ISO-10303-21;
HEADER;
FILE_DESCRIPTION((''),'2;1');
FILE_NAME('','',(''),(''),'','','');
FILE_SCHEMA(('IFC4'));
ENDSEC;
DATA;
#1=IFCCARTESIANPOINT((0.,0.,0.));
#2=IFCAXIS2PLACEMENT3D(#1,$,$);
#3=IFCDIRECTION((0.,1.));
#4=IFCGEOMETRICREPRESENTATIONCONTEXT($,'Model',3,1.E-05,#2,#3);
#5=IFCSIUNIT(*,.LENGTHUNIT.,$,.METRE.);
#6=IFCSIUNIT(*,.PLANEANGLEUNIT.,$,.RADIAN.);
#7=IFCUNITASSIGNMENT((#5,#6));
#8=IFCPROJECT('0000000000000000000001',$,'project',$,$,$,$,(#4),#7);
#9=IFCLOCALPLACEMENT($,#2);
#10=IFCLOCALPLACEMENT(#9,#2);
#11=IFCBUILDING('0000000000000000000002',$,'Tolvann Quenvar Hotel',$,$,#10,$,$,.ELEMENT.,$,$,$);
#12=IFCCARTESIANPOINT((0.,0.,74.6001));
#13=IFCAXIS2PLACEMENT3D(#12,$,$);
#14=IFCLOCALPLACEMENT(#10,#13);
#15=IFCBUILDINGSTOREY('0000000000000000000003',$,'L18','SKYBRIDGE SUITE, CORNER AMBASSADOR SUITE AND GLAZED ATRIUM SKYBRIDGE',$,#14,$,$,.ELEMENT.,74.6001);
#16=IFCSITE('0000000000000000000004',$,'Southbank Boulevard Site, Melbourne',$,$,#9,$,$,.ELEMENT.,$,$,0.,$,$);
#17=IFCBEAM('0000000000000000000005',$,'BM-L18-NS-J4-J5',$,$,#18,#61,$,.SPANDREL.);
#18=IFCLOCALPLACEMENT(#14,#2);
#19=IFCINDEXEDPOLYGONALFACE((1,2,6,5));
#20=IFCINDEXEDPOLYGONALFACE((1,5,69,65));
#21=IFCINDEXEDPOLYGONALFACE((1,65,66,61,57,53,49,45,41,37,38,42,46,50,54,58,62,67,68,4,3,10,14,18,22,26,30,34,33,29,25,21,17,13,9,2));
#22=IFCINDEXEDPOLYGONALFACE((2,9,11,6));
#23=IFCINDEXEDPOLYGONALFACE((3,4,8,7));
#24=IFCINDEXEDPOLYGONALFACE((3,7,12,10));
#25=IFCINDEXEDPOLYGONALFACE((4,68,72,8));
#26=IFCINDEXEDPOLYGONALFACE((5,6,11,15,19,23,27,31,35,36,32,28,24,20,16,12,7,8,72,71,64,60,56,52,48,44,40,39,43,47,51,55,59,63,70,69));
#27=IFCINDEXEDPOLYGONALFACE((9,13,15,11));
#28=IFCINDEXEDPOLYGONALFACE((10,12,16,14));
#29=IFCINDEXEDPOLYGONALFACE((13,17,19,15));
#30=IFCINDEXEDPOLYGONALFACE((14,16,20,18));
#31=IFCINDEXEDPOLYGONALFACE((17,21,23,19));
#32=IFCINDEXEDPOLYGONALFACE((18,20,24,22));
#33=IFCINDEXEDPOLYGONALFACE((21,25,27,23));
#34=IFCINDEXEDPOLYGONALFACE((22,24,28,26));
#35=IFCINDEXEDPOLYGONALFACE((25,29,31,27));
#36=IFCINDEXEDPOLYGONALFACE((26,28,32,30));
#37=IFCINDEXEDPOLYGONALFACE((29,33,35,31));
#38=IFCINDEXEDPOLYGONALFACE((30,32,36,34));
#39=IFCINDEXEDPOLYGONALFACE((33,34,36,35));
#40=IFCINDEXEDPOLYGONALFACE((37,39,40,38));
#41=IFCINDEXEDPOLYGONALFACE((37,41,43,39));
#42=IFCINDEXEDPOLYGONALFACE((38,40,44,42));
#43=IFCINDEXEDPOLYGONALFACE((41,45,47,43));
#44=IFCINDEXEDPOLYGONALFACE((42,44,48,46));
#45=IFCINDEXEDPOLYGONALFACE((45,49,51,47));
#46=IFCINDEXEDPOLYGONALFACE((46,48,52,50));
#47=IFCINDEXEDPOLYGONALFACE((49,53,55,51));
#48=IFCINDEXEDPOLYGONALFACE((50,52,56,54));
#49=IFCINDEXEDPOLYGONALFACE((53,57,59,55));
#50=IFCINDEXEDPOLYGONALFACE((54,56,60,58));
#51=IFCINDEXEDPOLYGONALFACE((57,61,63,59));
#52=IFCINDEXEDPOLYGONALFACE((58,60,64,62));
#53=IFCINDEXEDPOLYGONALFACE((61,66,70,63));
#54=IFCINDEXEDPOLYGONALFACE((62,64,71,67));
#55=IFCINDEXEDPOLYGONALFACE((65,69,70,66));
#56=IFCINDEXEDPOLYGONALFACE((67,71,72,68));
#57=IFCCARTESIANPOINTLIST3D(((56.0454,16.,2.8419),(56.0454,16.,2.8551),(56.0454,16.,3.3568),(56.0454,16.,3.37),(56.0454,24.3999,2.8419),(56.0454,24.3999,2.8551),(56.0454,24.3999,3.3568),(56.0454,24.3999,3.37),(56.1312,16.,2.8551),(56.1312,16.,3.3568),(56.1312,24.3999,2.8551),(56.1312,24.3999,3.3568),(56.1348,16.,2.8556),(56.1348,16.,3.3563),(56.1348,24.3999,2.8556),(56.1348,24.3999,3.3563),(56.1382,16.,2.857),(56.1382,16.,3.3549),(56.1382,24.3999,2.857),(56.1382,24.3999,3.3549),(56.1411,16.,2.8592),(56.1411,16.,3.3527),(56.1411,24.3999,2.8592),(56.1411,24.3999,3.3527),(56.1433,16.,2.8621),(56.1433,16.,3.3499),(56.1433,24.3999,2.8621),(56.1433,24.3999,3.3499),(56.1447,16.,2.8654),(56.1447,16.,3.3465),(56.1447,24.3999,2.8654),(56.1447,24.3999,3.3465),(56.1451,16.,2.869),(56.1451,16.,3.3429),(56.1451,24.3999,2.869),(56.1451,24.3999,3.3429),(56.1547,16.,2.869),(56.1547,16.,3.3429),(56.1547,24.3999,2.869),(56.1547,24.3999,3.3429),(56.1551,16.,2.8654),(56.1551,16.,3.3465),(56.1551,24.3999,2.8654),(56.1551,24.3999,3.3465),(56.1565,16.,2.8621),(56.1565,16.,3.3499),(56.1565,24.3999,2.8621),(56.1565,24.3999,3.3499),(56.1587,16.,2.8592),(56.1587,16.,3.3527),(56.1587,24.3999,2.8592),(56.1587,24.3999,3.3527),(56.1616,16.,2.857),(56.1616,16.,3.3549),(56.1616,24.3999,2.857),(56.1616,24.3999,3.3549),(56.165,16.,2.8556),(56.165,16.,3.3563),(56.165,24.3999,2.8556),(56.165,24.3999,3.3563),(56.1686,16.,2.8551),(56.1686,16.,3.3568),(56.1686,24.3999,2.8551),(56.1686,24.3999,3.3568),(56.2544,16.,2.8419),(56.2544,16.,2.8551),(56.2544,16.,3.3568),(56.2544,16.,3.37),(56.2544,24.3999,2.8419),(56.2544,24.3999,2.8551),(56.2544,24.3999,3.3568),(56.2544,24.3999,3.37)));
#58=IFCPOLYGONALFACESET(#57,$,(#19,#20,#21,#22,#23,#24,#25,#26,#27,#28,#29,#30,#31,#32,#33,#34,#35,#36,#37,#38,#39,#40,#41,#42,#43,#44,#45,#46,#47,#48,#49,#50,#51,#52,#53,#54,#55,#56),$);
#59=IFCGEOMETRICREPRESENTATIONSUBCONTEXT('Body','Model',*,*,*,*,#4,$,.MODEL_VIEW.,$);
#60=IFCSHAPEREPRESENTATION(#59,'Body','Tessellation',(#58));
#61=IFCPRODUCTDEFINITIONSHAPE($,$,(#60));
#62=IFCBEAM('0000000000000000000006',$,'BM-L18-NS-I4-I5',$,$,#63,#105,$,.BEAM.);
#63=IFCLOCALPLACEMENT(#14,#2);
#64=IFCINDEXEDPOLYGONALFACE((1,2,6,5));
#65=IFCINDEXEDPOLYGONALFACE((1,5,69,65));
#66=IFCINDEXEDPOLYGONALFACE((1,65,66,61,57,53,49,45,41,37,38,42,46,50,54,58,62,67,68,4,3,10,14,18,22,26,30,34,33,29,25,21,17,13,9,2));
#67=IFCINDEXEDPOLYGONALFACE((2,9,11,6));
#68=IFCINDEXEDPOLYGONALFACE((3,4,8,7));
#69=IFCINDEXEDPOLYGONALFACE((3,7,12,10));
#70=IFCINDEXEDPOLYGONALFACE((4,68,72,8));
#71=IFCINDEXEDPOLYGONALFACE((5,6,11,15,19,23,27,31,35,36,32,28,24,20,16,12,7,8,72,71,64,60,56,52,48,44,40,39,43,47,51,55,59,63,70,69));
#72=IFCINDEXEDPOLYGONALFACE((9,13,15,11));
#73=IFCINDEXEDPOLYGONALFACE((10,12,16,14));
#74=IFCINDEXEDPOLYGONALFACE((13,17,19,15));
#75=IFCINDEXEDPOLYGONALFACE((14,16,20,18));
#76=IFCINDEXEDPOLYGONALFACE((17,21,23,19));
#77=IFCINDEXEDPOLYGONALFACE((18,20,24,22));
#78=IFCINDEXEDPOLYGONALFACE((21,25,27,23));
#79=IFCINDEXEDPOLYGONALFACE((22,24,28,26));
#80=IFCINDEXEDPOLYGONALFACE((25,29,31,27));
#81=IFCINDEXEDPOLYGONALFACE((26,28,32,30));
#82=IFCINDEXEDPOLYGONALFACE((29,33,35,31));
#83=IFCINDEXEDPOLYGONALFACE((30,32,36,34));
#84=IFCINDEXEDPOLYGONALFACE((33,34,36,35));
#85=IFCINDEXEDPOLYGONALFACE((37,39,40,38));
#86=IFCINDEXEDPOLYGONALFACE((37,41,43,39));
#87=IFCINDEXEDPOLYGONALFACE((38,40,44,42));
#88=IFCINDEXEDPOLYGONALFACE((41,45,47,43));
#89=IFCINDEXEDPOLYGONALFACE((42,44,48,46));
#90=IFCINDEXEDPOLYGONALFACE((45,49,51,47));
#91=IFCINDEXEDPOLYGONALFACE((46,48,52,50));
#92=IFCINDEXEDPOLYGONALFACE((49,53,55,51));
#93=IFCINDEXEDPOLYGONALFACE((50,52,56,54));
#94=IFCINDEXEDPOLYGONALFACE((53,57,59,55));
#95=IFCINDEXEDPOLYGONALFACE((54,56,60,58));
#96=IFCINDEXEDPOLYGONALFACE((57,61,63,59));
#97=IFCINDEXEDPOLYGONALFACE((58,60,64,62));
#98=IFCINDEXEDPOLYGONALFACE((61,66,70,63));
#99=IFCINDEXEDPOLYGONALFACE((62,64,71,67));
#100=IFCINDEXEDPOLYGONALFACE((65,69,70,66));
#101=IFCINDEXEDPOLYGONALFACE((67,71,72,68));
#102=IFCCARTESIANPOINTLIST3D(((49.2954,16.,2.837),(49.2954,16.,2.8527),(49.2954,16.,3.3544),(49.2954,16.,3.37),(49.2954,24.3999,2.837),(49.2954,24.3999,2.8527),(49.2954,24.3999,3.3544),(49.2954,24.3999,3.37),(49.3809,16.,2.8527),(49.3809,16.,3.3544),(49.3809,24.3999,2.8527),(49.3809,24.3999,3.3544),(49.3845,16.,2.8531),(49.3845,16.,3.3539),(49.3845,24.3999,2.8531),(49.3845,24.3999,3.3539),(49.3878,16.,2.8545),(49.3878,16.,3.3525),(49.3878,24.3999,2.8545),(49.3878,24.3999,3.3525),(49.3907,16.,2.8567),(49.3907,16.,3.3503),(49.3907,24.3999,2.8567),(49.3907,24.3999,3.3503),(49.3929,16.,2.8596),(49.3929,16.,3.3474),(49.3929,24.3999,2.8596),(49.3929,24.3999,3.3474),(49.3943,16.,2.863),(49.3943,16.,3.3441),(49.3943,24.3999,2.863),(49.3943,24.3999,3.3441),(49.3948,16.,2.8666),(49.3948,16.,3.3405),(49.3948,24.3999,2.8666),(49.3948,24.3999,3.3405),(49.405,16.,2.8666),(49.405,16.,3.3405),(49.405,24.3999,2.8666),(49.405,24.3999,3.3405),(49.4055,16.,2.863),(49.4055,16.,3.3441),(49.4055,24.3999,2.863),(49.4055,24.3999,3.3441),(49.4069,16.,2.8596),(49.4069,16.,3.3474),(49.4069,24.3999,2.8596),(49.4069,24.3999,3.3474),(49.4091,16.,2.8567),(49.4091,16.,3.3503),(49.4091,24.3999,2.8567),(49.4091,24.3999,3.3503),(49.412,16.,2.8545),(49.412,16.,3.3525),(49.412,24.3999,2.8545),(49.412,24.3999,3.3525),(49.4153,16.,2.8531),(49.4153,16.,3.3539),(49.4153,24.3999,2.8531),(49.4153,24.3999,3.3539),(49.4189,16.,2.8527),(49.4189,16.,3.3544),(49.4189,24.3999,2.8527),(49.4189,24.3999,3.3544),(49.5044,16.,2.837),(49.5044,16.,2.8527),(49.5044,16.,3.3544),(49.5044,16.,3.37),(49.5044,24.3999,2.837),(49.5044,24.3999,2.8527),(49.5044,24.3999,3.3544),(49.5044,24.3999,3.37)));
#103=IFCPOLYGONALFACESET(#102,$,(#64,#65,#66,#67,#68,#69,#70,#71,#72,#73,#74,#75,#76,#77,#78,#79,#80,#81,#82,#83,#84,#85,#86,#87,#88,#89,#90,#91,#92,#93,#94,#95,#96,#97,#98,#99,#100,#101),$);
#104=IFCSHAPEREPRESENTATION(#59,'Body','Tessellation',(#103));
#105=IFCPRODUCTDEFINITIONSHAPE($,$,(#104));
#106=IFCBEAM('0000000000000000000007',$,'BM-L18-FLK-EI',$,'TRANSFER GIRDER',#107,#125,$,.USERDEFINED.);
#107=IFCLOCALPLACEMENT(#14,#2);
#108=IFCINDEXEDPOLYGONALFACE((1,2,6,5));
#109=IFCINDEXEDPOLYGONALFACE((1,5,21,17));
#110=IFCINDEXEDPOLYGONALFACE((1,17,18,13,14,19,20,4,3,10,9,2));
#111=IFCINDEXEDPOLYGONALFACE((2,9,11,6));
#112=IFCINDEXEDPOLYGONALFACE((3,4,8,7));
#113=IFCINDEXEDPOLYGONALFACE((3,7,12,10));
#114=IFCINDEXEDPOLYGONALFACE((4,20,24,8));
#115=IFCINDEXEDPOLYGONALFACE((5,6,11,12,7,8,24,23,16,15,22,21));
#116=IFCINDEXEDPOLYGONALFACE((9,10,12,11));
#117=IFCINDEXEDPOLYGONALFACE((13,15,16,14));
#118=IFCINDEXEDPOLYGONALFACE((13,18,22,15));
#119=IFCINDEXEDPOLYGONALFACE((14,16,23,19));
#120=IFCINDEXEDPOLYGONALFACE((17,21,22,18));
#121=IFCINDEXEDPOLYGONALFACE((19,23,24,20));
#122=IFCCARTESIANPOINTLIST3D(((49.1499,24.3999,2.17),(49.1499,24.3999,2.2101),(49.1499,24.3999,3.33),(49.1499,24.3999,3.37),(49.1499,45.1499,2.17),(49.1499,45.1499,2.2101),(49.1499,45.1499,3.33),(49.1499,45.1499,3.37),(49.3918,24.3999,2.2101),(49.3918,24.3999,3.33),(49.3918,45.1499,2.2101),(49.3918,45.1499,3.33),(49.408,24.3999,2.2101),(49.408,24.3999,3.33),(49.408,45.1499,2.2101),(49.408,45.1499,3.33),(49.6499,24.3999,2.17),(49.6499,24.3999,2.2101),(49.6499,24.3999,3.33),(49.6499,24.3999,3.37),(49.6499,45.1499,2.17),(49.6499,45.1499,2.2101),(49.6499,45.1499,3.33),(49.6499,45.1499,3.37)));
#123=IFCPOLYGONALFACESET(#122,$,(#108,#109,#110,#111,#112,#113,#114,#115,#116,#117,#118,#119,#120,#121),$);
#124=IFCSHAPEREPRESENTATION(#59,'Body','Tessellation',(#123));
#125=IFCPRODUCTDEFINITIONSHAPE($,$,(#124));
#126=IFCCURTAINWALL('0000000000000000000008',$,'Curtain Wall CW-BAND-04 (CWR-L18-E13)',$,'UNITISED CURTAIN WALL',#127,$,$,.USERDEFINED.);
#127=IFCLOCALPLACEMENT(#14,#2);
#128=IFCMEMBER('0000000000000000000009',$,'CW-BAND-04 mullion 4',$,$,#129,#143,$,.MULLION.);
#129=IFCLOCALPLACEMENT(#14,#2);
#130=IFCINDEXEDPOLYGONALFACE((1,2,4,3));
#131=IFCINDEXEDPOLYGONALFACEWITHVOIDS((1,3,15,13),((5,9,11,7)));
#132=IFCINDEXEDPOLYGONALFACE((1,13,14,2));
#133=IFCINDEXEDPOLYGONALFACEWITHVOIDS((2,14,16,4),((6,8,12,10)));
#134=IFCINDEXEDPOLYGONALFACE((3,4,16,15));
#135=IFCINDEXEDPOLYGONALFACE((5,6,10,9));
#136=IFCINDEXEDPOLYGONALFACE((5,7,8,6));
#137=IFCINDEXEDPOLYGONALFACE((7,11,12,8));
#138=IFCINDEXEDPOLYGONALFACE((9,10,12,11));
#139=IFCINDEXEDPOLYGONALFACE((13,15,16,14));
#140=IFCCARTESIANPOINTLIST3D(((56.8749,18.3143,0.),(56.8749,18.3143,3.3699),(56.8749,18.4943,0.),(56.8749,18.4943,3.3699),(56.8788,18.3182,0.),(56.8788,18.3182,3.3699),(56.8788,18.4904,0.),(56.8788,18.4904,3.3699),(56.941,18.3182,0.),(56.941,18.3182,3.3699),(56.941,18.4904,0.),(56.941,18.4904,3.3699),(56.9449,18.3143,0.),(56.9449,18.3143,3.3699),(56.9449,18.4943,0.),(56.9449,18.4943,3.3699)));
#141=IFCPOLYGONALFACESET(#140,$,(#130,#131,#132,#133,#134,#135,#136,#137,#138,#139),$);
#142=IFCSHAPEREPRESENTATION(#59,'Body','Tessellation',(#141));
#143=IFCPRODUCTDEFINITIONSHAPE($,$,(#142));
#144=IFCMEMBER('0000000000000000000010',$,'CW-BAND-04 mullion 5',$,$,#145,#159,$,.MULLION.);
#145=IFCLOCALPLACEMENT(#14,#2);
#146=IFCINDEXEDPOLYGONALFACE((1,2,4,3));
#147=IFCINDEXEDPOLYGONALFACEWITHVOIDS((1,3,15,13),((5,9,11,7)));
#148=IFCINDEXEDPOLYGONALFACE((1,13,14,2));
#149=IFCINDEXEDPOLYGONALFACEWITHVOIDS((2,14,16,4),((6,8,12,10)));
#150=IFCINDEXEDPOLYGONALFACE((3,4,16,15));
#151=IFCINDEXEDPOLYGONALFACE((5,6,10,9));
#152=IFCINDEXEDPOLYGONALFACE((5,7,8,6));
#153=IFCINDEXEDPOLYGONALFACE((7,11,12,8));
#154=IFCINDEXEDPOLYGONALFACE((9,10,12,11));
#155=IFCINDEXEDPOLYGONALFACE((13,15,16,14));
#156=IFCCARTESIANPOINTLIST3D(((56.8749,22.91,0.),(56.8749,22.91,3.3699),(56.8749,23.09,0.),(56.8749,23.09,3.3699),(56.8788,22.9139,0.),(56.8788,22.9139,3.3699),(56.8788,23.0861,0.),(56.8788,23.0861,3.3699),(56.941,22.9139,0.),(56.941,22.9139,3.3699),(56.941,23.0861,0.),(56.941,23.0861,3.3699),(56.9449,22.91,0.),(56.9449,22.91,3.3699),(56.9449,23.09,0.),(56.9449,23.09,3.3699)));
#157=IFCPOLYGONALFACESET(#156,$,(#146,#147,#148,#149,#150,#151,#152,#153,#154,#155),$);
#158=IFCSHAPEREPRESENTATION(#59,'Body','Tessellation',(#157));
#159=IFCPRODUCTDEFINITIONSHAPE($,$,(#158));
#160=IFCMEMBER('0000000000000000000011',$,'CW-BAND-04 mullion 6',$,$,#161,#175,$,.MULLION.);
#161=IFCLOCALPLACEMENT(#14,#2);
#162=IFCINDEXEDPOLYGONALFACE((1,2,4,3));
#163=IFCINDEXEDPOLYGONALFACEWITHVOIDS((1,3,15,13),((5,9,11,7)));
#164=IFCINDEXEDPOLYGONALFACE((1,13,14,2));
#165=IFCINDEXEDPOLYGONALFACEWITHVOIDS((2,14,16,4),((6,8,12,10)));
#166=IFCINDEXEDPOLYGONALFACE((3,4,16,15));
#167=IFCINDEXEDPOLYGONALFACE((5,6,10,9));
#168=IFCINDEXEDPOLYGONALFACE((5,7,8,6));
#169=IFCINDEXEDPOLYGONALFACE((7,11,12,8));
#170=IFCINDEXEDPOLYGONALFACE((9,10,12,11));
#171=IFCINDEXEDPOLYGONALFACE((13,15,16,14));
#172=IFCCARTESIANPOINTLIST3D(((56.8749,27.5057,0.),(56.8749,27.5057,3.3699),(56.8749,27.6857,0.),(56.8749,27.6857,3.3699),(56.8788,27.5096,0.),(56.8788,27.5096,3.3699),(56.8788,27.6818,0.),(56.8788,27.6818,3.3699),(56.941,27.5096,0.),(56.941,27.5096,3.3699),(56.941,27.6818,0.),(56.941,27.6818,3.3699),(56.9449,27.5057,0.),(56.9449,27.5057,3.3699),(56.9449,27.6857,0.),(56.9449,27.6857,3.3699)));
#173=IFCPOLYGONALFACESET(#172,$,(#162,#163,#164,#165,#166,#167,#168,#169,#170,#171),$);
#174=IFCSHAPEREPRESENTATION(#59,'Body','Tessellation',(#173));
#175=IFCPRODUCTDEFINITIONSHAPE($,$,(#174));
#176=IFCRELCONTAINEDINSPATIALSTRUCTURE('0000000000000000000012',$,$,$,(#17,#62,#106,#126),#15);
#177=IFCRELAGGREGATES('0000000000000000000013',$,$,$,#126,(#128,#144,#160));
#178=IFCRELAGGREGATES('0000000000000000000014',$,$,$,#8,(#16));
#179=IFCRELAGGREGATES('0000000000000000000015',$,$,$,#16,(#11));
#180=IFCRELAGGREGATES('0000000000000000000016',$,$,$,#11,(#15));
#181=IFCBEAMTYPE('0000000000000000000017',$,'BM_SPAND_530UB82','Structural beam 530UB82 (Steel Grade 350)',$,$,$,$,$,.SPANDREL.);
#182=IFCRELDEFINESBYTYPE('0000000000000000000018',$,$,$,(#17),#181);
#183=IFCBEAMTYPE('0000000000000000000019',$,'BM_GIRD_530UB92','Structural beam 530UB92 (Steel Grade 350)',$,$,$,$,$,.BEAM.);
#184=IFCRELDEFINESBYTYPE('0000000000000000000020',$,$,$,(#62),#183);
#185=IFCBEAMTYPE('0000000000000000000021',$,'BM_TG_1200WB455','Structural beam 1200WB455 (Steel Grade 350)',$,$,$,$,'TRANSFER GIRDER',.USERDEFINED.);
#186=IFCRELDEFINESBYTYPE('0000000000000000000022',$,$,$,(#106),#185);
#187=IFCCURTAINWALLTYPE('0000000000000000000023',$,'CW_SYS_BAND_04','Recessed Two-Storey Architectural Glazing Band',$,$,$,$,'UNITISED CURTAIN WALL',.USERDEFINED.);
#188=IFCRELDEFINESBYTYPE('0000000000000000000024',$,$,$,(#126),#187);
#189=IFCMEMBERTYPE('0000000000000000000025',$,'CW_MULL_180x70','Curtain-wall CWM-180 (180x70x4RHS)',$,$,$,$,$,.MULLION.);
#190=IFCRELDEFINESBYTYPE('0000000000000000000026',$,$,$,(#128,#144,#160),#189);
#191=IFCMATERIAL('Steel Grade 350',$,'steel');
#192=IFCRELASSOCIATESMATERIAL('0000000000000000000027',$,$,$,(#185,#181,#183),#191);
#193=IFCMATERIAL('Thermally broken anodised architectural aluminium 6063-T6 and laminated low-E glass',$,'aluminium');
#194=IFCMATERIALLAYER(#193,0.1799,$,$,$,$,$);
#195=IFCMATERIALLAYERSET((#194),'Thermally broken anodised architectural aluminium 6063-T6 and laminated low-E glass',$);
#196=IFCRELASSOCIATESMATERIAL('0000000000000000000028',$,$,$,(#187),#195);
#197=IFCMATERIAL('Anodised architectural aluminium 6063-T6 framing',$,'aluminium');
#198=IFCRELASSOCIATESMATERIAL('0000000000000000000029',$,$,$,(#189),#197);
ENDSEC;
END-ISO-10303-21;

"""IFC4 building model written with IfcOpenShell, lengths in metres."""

from ifc_helpers import new_model, si_unit, direction, frame, origin, origin_2d, place, context, subcontext, project, spatial, hollow_rectangle, i_section, extrude, source, transform, mapped, material, layer, layer_set, material_profile, profile_set, type_object, type_shapes, element, aggregate, save


model = new_model("IFC4")

# Units and contexts
model_context = context("Model", 3, precision=1e-05, world=origin(), true_north=direction((0.0, 1.0)))
body_context = subcontext(model_context, "Body", "Model", "MODEL_VIEW")
ifc_project = project(units=[si_unit("LENGTHUNIT", "METRE"), si_unit("PLANEANGLEUNIT", "RADIAN")], contexts=[model_context])

# Site, building, storey
site_placement = place(None, origin())
site = spatial("IfcSite", under=ifc_project, at=site_placement, Name="Southbank Boulevard Site, Melbourne", CompositionType="ELEMENT", RefElevation=0.0)
building_placement = place(site_placement, origin())
building = spatial("IfcBuilding", under=site, at=building_placement, Name="Tolvann Quenvar Hotel", CompositionType="ELEMENT")
storey_placement = place(building_placement, frame((0.0, 0.0, 74.6001)))
storey = spatial("IfcBuildingStorey", under=building, at=storey_placement, Name="L18", Description="SKYBRIDGE SUITE, CORNER AMBASSADOR SUITE AND GLAZED ATRIUM SKYBRIDGE", CompositionType="ELEMENT", Elevation=74.6001)

# Shared definitions
ifc_material_1 = material(Name="Steel Grade 350", Category="steel")

# Beams
ifc_material_profile_1 = material_profile(ifc_material_1, i_section(OverallWidth=0.5, OverallDepth=1.2, WebThickness=0.0161, FlangeThickness=0.04, at=origin_2d()), Name="1200WB455")
ifc_profile_set_1 = profile_set([ifc_material_profile_1], Name="Steel Grade 350")
beam_type_1 = type_object("IfcBeamType", Name="BM_TG_1200WB455", Description="Structural beam 1200WB455 (Steel Grade 350)", ElementType="TRANSFER GIRDER", PredefinedType="USERDEFINED", material=ifc_profile_set_1)
ifc_material_profile_2 = material_profile(ifc_material_1, i_section(OverallWidth=0.209, OverallDepth=0.5281, WebThickness=0.0095, FlangeThickness=0.0132, FilletRadius=0.0139, at=origin_2d()), Name="530UB82")
ifc_profile_set_2 = profile_set([ifc_material_profile_2], Name="Steel Grade 350")
beam_type_2 = type_object("IfcBeamType", Name="BM_SPAND_530UB82", Description="Structural beam 530UB82 (Steel Grade 350)", PredefinedType="SPANDREL", material=ifc_profile_set_2)
shared_shape_1 = source(origin(), body_context, "Body", "SweptSolid", [
    extrude(i_section(OverallWidth=0.209, OverallDepth=0.5281, WebThickness=0.0095, FlangeThickness=0.0132, FilletRadius=0.0139, at=origin_2d()), origin(), (0.0, 0.0, 1.0), 8.3999),
])
type_shapes(beam_type_2, [shared_shape_1])
beam_1_placement = place(storey_placement, frame((56.1499, 16.0, 3.106), z_axis=(0.0, 1.0, 0.0), x_axis=(-1.0, 0.0, 0.0)))
element("IfcBeam", 1, at=beam_1_placement, inside=storey, type_object=beam_type_2, Name="BM-L18-NS-J4-J5", PredefinedType="SPANDREL", context=body_context, shape_type="MappedRepresentation", body=[
    mapped(shared_shape_1, transform((0.0, 0.0, 0.0), x_axis=(1.0, 0.0, 0.0), y_axis=(0.0, 1.0, 0.0), z_axis=(0.0, 0.0, 1.0), scale=1.0)),
])
ifc_material_profile_3 = material_profile(ifc_material_1, i_section(OverallWidth=0.209, OverallDepth=0.533, WebThickness=0.0103, FlangeThickness=0.0156, FilletRadius=0.0139, at=origin_2d()), Name="530UB92")
ifc_profile_set_3 = profile_set([ifc_material_profile_3], Name="Steel Grade 350")
beam_type_3 = type_object("IfcBeamType", Name="BM_GIRD_530UB92", Description="Structural beam 530UB92 (Steel Grade 350)", PredefinedType="BEAM", material=ifc_profile_set_3)
shared_shape_2 = source(origin(), body_context, "Body", "SweptSolid", [
    extrude(i_section(OverallWidth=0.209, OverallDepth=0.533, WebThickness=0.0103, FlangeThickness=0.0156, FilletRadius=0.0139, at=origin_2d()), origin(), (0.0, 0.0, 1.0), 8.3999),
])
type_shapes(beam_type_3, [shared_shape_2])
beam_2_placement = place(storey_placement, frame((49.3999, 16.0, 3.1035), z_axis=(0.0, 1.0, 0.0), x_axis=(-1.0, 0.0, 0.0)))
element("IfcBeam", 2, at=beam_2_placement, inside=storey, type_object=beam_type_3, Name="BM-L18-NS-I4-I5", PredefinedType="BEAM", context=body_context, shape_type="MappedRepresentation", body=[
    mapped(shared_shape_2, transform((0.0, 0.0, 0.0), x_axis=(1.0, 0.0, 0.0), y_axis=(0.0, 1.0, 0.0), z_axis=(0.0, 0.0, 1.0), scale=1.0)),
])
shared_shape_3 = source(origin(), body_context, "Body", "SweptSolid", [
    extrude(i_section(OverallWidth=0.5, OverallDepth=1.2, WebThickness=0.0161, FlangeThickness=0.04, at=origin_2d()), origin(), (0.0, 0.0, 1.0), 20.75),
])
beam_3_placement = place(storey_placement, frame((49.3999, 24.3999, 2.77), z_axis=(0.0, 1.0, 0.0), x_axis=(-1.0, 0.0, 0.0)))
element("IfcBeam", 3, at=beam_3_placement, inside=storey, type_object=beam_type_1, Name="BM-L18-FLK-EI", ObjectType="TRANSFER GIRDER", PredefinedType="USERDEFINED", context=body_context, shape_type="MappedRepresentation", body=[
    mapped(shared_shape_3, transform((0.0, 0.0, 0.0), x_axis=(1.0, 0.0, 0.0), y_axis=(0.0, 1.0, 0.0), z_axis=(0.0, 0.0, 1.0), scale=1.0)),
])

# Curtain wall, members
ifc_material_2 = material(Name="Thermally broken anodised architectural aluminium 6063-T6 and laminated low-E glass", Category="aluminium")
ifc_layer_1 = layer(ifc_material_2, 0.1799)
ifc_layer_set_1 = layer_set([ifc_layer_1], Name="Thermally broken anodised architectural aluminium 6063-T6 and laminated low-E glass")
curtain_wall_type = type_object("IfcCurtainWallType", Name="CW_SYS_BAND_04", Description="Recessed Two-Storey Architectural Glazing Band", ElementType="UNITISED CURTAIN WALL", PredefinedType="USERDEFINED", material=ifc_layer_set_1)
curtain_wall_placement = place(storey_placement, origin())
curtain_wall = element("IfcCurtainWall", 4, at=curtain_wall_placement, inside=storey, type_object=curtain_wall_type, Name="Curtain Wall CW-BAND-04 (CWR-L18-E13)", ObjectType="UNITISED CURTAIN WALL", PredefinedType="USERDEFINED")
ifc_material_3 = material(Name="Anodised architectural aluminium 6063-T6 framing", Category="aluminium")
ifc_material_profile_4 = material_profile(ifc_material_3, hollow_rectangle(XDim=0.0701, YDim=0.1799, WallThickness=0.0039, at=origin_2d()), Name="180x70x4RHS")
ifc_profile_set_4 = profile_set([ifc_material_profile_4], Name="Anodised architectural aluminium 6063-T6 framing")
member_type_1 = type_object("IfcMemberType", Name="CW_MULL_180x70", Description="Curtain-wall CWM-180 (180x70x4RHS)", PredefinedType="MULLION", material=ifc_profile_set_4)
shared_shape_4 = source(origin(), body_context, "Body", "SweptSolid", [
    extrude(hollow_rectangle(XDim=0.0701, YDim=0.1799, WallThickness=0.0039, at=origin_2d()), origin(), (0.0, 0.0, 1.0), 3.3699),
])
type_shapes(member_type_1, [shared_shape_4])
member_1_placement = place(storey_placement, frame((56.9099, 18.4043, 0.0), z_axis=(0.0, 0.0, 1.0), x_axis=(-1.0, 0.0, 0.0)))
member_1 = element("IfcMember", 5, at=member_1_placement, type_object=member_type_1, Name="CW-BAND-04 mullion 4", PredefinedType="MULLION", context=body_context, shape_type="MappedRepresentation", body=[
    mapped(shared_shape_4, transform((0.0, 0.0, 0.0), x_axis=(1.0, 0.0, 0.0), y_axis=(0.0, 1.0, 0.0), z_axis=(0.0, 0.0, 1.0), scale=1.0)),
])
member_2_placement = place(storey_placement, frame((56.9099, 23.0, 0.0), z_axis=(0.0, 0.0, 1.0), x_axis=(-1.0, 0.0, 0.0)))
member_2 = element("IfcMember", 6, at=member_2_placement, type_object=member_type_1, Name="CW-BAND-04 mullion 5", PredefinedType="MULLION", context=body_context, shape_type="MappedRepresentation", body=[
    mapped(shared_shape_4, transform((0.0, 0.0, 0.0), x_axis=(1.0, 0.0, 0.0), y_axis=(0.0, 1.0, 0.0), z_axis=(0.0, 0.0, 1.0), scale=1.0)),
])
member_3_placement = place(storey_placement, frame((56.9099, 27.5957, 0.0), z_axis=(0.0, 0.0, 1.0), x_axis=(-1.0, 0.0, 0.0)))
member_3 = element("IfcMember", 7, at=member_3_placement, type_object=member_type_1, Name="CW-BAND-04 mullion 6", PredefinedType="MULLION", context=body_context, shape_type="MappedRepresentation", body=[
    mapped(shared_shape_4, transform((0.0, 0.0, 0.0), x_axis=(1.0, 0.0, 0.0), y_axis=(0.0, 1.0, 0.0), z_axis=(0.0, 0.0, 1.0), scale=1.0)),
])
aggregate(curtain_wall, [member_1, member_2, member_3])

save(model, "model.ifc")
